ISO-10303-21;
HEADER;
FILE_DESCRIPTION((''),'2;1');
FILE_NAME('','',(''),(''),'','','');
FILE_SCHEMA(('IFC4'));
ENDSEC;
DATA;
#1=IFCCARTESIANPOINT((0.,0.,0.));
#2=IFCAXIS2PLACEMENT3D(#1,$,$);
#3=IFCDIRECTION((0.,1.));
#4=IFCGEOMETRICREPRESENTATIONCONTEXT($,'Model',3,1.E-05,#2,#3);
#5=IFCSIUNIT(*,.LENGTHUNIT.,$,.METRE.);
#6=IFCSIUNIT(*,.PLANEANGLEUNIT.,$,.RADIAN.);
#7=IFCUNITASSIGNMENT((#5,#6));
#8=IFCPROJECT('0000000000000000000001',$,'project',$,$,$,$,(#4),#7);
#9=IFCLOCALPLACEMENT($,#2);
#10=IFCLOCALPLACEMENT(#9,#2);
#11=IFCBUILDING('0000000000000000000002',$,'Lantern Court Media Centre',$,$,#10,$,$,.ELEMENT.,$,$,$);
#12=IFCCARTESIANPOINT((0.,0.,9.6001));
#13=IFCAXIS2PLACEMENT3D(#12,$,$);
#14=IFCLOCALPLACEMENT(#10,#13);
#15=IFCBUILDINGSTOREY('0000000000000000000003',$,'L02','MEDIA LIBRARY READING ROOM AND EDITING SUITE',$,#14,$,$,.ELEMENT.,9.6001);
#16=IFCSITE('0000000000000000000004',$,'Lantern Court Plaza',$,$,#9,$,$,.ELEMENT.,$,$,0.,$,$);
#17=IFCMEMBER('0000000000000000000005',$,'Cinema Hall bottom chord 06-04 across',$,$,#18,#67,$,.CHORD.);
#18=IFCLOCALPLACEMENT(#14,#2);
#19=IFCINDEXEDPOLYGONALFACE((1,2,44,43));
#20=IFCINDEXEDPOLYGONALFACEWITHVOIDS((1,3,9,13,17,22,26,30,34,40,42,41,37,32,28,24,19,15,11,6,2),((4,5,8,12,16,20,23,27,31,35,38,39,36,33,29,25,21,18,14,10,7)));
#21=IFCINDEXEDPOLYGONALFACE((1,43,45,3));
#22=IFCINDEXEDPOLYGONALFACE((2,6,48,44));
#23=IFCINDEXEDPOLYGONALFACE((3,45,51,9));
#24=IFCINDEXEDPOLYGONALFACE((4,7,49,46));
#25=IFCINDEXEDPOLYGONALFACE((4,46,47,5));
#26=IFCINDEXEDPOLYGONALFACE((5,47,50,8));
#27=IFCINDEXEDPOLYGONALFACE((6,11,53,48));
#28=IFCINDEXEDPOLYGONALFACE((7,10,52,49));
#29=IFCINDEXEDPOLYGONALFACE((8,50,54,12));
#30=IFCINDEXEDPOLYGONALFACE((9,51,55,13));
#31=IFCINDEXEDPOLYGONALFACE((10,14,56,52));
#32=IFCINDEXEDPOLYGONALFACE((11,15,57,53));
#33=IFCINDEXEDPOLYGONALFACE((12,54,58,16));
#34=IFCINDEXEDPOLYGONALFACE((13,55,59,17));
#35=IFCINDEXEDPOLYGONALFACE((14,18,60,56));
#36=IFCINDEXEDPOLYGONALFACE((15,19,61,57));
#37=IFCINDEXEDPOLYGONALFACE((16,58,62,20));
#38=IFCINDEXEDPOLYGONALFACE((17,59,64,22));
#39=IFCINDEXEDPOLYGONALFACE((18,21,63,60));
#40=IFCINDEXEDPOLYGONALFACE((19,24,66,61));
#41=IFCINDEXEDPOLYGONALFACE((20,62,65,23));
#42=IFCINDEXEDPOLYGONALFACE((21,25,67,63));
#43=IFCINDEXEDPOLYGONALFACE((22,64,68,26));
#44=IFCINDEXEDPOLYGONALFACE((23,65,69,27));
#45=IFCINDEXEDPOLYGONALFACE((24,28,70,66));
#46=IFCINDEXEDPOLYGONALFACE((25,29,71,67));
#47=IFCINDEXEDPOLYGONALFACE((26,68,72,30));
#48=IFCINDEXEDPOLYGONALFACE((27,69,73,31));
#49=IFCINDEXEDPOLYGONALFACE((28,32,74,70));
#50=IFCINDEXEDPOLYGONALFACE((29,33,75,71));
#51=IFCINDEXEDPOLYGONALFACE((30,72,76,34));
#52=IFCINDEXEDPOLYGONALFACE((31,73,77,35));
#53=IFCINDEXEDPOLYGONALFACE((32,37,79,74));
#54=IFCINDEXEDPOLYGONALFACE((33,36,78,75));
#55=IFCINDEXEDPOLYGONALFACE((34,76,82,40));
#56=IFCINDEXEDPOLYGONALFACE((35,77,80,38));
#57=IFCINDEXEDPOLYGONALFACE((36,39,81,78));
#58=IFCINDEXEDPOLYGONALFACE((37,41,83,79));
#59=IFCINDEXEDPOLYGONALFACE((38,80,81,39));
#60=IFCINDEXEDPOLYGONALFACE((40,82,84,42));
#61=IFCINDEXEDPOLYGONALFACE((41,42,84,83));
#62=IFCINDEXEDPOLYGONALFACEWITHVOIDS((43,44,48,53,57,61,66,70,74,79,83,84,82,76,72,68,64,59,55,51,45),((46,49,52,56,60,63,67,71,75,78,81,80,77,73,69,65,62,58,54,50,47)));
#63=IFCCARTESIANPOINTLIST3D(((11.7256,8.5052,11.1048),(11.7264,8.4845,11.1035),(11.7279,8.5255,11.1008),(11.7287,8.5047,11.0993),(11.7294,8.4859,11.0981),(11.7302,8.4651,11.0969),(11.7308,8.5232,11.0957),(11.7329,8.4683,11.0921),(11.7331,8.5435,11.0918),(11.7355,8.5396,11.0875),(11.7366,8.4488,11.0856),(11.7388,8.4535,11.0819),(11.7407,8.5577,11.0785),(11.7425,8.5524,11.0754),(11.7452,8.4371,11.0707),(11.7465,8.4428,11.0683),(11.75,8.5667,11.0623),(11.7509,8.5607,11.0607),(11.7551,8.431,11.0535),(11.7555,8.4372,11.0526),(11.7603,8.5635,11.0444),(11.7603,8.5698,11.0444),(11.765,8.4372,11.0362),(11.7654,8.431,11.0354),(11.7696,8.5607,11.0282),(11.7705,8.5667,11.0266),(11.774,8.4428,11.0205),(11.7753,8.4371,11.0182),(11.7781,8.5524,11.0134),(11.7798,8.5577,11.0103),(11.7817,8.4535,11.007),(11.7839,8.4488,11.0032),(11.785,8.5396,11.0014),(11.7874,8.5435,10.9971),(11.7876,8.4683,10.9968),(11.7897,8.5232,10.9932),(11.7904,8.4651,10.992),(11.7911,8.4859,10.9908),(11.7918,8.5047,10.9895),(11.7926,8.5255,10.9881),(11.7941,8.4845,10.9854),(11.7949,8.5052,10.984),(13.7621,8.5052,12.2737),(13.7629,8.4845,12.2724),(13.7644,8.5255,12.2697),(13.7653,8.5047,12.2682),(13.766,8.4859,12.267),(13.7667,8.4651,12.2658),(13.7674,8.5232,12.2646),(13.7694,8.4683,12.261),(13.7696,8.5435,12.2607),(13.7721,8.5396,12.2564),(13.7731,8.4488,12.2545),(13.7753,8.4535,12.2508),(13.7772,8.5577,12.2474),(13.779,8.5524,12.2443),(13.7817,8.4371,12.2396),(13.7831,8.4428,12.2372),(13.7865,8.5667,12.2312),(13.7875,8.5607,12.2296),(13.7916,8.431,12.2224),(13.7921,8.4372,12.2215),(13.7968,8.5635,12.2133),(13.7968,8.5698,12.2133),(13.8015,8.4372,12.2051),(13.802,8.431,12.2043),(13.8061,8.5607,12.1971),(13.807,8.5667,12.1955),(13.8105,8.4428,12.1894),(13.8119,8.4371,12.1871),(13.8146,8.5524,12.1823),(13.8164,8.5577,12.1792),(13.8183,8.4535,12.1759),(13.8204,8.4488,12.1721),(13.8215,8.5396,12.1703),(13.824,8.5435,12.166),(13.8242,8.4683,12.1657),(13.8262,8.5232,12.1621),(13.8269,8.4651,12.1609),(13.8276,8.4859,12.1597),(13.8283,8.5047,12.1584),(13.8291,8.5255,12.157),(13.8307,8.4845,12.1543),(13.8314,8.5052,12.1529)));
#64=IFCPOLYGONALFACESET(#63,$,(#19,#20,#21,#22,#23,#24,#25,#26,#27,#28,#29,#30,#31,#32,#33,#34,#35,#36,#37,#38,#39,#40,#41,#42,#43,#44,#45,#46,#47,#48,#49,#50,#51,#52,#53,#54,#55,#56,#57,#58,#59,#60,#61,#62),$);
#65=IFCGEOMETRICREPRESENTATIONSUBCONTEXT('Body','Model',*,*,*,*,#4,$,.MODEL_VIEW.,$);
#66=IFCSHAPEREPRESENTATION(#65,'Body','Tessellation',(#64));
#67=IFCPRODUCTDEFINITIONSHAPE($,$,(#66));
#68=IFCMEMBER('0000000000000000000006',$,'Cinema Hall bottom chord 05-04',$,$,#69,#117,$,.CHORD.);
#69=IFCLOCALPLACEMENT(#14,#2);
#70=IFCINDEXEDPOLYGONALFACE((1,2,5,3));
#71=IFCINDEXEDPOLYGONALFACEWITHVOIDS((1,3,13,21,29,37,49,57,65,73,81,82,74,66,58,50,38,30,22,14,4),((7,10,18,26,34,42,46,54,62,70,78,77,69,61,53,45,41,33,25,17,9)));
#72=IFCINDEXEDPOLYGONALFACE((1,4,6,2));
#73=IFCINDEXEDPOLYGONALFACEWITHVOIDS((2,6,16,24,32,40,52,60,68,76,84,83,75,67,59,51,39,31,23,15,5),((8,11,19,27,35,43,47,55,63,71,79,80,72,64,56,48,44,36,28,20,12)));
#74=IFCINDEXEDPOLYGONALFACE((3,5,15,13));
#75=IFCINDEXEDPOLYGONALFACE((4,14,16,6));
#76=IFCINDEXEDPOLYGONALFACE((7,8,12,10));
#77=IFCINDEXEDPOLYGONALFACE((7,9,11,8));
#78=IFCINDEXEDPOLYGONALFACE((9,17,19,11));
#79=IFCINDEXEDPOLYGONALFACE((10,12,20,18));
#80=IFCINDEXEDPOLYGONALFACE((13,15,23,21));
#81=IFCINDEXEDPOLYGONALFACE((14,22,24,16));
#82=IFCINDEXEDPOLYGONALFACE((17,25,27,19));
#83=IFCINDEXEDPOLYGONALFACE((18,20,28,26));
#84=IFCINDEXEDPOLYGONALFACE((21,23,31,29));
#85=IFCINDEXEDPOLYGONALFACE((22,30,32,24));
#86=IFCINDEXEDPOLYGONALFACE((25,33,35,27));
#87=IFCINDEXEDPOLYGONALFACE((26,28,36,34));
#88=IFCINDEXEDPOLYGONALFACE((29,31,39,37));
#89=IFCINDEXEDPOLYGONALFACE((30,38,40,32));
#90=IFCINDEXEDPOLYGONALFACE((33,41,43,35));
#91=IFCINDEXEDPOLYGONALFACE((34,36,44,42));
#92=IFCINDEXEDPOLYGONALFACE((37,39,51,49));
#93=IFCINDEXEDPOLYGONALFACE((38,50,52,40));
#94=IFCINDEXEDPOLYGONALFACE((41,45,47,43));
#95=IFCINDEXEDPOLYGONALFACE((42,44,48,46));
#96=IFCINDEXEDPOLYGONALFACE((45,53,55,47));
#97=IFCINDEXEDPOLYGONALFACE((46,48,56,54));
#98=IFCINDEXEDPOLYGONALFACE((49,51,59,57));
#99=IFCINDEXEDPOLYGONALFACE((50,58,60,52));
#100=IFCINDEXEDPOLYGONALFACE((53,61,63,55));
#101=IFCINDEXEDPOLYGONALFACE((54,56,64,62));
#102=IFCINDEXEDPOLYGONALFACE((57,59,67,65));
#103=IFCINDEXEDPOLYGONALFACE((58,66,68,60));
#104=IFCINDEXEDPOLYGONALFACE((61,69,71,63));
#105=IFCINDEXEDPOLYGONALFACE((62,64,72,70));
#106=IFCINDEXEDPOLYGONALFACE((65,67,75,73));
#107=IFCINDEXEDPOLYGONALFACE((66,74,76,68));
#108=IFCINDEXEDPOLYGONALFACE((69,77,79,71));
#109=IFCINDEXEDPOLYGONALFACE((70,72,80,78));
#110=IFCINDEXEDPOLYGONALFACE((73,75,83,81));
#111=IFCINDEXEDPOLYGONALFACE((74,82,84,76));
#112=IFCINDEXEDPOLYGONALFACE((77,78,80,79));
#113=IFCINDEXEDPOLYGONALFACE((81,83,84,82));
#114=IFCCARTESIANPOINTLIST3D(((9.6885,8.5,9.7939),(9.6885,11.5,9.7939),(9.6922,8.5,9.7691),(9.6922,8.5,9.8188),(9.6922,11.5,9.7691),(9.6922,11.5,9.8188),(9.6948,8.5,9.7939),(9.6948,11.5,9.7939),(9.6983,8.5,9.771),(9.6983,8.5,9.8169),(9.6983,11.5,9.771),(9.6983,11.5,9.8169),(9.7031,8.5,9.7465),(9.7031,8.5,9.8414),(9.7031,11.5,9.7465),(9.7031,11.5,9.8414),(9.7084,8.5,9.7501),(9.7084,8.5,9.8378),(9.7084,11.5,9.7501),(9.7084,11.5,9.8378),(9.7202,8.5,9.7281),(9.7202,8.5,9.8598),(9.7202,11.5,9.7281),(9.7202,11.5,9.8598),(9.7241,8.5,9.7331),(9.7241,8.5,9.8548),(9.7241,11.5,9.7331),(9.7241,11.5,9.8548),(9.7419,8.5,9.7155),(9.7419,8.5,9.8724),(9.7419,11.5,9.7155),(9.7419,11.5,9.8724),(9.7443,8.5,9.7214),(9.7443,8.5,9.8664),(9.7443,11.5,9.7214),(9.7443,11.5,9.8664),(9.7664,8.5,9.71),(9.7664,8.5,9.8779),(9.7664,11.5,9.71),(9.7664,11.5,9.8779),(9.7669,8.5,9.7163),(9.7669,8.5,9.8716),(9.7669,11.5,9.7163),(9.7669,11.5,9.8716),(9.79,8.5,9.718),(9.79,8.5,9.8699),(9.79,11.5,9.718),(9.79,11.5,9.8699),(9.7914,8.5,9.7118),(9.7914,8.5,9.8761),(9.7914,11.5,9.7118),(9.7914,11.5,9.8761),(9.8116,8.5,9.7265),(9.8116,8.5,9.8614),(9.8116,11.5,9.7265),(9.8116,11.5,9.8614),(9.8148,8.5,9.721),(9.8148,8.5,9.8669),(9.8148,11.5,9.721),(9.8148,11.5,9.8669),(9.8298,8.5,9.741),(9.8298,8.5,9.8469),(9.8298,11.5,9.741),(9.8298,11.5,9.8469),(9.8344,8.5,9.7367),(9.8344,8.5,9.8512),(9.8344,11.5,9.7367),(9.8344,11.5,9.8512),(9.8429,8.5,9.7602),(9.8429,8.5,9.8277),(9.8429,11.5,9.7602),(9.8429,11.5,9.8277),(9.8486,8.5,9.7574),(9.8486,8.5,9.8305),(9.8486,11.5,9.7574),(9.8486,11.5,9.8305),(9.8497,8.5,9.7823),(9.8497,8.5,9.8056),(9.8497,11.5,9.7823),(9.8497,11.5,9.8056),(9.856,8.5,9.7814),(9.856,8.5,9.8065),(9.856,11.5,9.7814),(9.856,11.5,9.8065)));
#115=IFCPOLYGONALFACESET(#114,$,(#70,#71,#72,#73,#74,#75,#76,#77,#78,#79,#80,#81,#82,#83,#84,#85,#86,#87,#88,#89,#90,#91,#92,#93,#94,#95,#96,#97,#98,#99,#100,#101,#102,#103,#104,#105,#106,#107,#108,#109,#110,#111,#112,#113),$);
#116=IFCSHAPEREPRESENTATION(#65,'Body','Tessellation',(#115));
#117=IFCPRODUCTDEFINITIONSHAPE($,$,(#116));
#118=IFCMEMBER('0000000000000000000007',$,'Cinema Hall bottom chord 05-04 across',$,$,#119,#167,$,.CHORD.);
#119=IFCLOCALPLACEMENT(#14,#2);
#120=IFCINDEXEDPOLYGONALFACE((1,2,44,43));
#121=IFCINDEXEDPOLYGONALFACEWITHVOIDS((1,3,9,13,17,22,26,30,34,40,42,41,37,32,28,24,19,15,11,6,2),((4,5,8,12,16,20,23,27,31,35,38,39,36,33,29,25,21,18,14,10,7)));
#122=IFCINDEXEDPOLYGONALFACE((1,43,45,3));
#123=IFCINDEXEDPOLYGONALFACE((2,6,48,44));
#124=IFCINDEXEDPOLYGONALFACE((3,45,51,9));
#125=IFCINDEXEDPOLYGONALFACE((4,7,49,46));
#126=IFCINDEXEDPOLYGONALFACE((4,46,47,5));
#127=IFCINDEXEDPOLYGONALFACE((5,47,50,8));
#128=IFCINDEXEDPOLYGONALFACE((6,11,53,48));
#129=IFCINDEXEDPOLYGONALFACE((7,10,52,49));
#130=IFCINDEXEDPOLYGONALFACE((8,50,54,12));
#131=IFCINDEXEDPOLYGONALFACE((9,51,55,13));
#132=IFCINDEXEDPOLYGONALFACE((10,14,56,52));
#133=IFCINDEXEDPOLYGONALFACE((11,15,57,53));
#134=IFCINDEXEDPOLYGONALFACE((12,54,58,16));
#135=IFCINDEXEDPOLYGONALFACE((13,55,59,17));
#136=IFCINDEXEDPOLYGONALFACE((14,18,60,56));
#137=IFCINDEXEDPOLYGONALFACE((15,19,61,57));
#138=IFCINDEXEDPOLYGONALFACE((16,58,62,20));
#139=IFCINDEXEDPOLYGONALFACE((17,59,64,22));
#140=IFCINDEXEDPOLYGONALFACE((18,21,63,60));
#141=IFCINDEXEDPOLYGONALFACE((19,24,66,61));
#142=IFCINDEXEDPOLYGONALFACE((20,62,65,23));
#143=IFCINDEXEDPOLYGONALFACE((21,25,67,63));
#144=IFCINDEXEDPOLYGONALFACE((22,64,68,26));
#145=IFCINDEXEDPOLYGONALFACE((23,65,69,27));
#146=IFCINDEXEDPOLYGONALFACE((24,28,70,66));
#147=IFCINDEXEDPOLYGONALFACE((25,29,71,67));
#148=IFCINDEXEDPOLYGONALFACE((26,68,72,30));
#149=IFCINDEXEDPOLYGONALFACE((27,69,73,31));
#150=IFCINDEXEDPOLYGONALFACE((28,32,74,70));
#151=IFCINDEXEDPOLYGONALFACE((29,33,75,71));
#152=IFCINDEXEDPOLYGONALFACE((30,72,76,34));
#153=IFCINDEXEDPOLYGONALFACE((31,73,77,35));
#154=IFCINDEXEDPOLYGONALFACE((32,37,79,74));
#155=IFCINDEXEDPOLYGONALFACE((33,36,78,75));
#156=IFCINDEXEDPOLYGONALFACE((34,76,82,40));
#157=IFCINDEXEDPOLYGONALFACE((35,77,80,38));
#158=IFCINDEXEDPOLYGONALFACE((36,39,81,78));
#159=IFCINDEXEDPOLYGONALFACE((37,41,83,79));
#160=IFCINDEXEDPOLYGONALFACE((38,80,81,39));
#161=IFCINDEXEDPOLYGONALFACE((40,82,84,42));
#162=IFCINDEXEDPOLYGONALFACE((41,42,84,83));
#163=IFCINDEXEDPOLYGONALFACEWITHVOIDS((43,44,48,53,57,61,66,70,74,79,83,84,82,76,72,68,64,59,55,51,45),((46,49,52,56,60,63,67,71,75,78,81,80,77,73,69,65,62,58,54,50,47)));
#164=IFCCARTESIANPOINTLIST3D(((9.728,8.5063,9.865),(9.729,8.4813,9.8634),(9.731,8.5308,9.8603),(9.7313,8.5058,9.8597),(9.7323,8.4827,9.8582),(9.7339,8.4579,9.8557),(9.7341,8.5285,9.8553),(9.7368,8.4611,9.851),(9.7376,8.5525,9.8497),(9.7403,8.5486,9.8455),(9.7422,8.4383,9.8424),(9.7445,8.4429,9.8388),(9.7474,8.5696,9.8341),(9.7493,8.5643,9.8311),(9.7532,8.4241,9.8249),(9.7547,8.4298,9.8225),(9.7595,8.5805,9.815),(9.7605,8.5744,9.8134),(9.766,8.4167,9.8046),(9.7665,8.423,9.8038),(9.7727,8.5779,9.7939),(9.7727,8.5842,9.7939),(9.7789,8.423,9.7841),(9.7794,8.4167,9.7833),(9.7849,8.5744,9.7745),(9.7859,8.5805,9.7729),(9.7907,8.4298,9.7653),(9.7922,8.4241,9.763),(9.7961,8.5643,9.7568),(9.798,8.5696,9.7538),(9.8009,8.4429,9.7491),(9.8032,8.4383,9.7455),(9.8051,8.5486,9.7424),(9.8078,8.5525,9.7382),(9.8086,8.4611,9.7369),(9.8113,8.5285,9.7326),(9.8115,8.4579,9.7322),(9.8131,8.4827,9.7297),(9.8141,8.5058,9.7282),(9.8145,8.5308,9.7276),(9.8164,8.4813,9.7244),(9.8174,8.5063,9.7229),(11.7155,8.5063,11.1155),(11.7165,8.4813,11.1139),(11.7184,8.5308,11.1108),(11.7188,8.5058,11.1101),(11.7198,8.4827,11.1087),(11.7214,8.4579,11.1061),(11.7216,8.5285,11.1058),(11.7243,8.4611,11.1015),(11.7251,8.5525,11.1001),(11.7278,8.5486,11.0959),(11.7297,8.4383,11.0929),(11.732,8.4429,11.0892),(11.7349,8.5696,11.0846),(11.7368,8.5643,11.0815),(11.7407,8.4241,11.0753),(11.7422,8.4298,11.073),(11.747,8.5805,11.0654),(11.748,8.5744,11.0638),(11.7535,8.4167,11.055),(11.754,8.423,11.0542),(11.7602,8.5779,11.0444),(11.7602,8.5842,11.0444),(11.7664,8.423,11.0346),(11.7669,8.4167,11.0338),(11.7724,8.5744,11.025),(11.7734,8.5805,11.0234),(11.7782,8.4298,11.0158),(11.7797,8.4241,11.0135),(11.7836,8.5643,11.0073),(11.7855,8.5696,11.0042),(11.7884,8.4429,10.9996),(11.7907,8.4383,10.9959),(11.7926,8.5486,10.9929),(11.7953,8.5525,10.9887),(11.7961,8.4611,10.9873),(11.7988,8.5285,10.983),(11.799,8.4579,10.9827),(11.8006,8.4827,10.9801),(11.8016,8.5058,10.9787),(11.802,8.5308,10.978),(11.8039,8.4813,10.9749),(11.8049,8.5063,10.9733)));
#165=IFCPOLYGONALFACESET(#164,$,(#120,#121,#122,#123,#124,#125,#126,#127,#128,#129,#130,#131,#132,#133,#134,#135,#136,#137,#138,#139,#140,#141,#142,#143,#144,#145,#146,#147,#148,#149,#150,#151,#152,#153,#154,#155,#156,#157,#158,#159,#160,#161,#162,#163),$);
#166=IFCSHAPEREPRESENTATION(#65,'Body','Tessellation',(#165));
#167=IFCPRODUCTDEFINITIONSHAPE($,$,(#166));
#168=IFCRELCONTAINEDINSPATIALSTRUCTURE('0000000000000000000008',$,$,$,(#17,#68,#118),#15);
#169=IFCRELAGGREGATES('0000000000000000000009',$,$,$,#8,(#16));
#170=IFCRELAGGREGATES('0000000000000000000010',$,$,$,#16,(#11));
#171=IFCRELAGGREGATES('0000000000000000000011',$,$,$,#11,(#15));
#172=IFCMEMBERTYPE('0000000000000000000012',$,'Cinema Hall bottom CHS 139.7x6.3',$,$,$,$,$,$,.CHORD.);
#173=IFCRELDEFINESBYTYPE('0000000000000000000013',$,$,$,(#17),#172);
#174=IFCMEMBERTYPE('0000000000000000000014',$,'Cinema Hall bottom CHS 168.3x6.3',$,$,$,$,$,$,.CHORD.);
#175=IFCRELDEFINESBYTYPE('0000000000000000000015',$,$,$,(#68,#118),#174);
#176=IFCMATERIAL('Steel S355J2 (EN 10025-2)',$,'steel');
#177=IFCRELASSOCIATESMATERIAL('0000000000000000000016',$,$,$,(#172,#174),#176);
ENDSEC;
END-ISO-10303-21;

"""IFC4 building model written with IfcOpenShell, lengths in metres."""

from ifc_helpers import new_model, si_unit, direction, frame, origin, origin_2d, place, context, subcontext, project, spatial, hollow_circle, extrude, material, material_profile, profile_set, type_object, element, save


model = new_model("IFC4")

# Units and contexts
model_context = context("Model", 3, precision=1e-05, world=origin(), true_north=direction((0.0, 1.0)))
body_context = subcontext(model_context, "Body", "Model", "MODEL_VIEW")
ifc_project = project(units=[si_unit("LENGTHUNIT", "METRE"), si_unit("PLANEANGLEUNIT", "RADIAN")], contexts=[model_context])

# Site, building, storey
site_placement = place(None, origin())
site = spatial("IfcSite", under=ifc_project, at=site_placement, Name="Lantern Court Plaza", CompositionType="ELEMENT", RefElevation=0.0)
building_placement = place(site_placement, origin())
building = spatial("IfcBuilding", under=site, at=building_placement, Name="Lantern Court Media Centre", CompositionType="ELEMENT")
storey_placement = place(building_placement, frame((0.0, 0.0, 9.6001)))
storey = spatial("IfcBuildingStorey", under=building, at=storey_placement, Name="L02", Description="MEDIA LIBRARY READING ROOM AND EDITING SUITE", CompositionType="ELEMENT", Elevation=9.6001)

# Members
ifc_material = material(Name="Steel S355J2 (EN 10025-2)", Category="steel")
ifc_material_profile_1 = material_profile(ifc_material, hollow_circle(Radius=0.0698, WallThickness=0.0063, at=origin_2d()), Name="Cinema Hall bottom CHS 139.7x6.3")
ifc_profile_set_1 = profile_set([ifc_material_profile_1], Name="Steel S355J2 (EN 10025-2)")
member_type_1 = type_object("IfcMemberType", Name="Cinema Hall bottom CHS 139.7x6.3", PredefinedType="CHORD", material=ifc_profile_set_1)
for number, where, z_axis, x_axis, name in (
    (1, (11.7603, 8.5, 11.0444), (0.867295, 0.0, 0.497795), (0.0, 1.0, 0.0), "Cinema Hall bottom chord 06-04 across"),
):
    element("IfcMember", number, at=place(storey_placement, frame(where, z_axis=z_axis, x_axis=x_axis)), inside=storey, type_object=member_type_1, Name=name, PredefinedType="CHORD", context=body_context, shape_type="SweptSolid", body=[
        extrude(hollow_circle(Radius=0.0698, WallThickness=0.0063, at=origin_2d()), origin(), (0.0, 0.0, 1.0), 2.3481),
    ])
ifc_material_profile_2 = material_profile(ifc_material, hollow_circle(Radius=0.0842, WallThickness=0.0063, at=origin_2d()), Name="Cinema Hall bottom CHS 168.3x6.3")
ifc_profile_set_2 = profile_set([ifc_material_profile_2], Name="Steel S355J2 (EN 10025-2)")
member_type_2 = type_object("IfcMemberType", Name="Cinema Hall bottom CHS 168.3x6.3", PredefinedType="CHORD", material=ifc_profile_set_2)
member_1_placement = place(storey_placement, frame((9.7727, 8.5, 9.7939), z_axis=(0.0, 1.0, 0.0), x_axis=(-1.0, 0.0, 0.0)))
element("IfcMember", 2, at=member_1_placement, inside=storey, type_object=member_type_2, Name="Cinema Hall bottom chord 05-04", PredefinedType="CHORD", context=body_context, shape_type="SweptSolid", body=[
    extrude(hollow_circle(Radius=0.0842, WallThickness=0.0063, at=origin_2d()), origin(), (0.0, 0.0, 1.0), 3.0),
])
member_2_placement = place(storey_placement, frame((9.7727, 8.5, 9.7939), z_axis=(0.846412, 0.0, 0.532529), x_axis=(0.0, 1.0, 0.0)))
element("IfcMember", 3, at=member_2_placement, inside=storey, type_object=member_type_2, Name="Cinema Hall bottom chord 05-04 across", PredefinedType="CHORD", context=body_context, shape_type="SweptSolid", body=[
    extrude(hollow_circle(Radius=0.0842, WallThickness=0.0063, at=origin_2d()), origin(), (0.0, 0.0, 1.0), 2.3481),
])

save(model, "model.ifc")
